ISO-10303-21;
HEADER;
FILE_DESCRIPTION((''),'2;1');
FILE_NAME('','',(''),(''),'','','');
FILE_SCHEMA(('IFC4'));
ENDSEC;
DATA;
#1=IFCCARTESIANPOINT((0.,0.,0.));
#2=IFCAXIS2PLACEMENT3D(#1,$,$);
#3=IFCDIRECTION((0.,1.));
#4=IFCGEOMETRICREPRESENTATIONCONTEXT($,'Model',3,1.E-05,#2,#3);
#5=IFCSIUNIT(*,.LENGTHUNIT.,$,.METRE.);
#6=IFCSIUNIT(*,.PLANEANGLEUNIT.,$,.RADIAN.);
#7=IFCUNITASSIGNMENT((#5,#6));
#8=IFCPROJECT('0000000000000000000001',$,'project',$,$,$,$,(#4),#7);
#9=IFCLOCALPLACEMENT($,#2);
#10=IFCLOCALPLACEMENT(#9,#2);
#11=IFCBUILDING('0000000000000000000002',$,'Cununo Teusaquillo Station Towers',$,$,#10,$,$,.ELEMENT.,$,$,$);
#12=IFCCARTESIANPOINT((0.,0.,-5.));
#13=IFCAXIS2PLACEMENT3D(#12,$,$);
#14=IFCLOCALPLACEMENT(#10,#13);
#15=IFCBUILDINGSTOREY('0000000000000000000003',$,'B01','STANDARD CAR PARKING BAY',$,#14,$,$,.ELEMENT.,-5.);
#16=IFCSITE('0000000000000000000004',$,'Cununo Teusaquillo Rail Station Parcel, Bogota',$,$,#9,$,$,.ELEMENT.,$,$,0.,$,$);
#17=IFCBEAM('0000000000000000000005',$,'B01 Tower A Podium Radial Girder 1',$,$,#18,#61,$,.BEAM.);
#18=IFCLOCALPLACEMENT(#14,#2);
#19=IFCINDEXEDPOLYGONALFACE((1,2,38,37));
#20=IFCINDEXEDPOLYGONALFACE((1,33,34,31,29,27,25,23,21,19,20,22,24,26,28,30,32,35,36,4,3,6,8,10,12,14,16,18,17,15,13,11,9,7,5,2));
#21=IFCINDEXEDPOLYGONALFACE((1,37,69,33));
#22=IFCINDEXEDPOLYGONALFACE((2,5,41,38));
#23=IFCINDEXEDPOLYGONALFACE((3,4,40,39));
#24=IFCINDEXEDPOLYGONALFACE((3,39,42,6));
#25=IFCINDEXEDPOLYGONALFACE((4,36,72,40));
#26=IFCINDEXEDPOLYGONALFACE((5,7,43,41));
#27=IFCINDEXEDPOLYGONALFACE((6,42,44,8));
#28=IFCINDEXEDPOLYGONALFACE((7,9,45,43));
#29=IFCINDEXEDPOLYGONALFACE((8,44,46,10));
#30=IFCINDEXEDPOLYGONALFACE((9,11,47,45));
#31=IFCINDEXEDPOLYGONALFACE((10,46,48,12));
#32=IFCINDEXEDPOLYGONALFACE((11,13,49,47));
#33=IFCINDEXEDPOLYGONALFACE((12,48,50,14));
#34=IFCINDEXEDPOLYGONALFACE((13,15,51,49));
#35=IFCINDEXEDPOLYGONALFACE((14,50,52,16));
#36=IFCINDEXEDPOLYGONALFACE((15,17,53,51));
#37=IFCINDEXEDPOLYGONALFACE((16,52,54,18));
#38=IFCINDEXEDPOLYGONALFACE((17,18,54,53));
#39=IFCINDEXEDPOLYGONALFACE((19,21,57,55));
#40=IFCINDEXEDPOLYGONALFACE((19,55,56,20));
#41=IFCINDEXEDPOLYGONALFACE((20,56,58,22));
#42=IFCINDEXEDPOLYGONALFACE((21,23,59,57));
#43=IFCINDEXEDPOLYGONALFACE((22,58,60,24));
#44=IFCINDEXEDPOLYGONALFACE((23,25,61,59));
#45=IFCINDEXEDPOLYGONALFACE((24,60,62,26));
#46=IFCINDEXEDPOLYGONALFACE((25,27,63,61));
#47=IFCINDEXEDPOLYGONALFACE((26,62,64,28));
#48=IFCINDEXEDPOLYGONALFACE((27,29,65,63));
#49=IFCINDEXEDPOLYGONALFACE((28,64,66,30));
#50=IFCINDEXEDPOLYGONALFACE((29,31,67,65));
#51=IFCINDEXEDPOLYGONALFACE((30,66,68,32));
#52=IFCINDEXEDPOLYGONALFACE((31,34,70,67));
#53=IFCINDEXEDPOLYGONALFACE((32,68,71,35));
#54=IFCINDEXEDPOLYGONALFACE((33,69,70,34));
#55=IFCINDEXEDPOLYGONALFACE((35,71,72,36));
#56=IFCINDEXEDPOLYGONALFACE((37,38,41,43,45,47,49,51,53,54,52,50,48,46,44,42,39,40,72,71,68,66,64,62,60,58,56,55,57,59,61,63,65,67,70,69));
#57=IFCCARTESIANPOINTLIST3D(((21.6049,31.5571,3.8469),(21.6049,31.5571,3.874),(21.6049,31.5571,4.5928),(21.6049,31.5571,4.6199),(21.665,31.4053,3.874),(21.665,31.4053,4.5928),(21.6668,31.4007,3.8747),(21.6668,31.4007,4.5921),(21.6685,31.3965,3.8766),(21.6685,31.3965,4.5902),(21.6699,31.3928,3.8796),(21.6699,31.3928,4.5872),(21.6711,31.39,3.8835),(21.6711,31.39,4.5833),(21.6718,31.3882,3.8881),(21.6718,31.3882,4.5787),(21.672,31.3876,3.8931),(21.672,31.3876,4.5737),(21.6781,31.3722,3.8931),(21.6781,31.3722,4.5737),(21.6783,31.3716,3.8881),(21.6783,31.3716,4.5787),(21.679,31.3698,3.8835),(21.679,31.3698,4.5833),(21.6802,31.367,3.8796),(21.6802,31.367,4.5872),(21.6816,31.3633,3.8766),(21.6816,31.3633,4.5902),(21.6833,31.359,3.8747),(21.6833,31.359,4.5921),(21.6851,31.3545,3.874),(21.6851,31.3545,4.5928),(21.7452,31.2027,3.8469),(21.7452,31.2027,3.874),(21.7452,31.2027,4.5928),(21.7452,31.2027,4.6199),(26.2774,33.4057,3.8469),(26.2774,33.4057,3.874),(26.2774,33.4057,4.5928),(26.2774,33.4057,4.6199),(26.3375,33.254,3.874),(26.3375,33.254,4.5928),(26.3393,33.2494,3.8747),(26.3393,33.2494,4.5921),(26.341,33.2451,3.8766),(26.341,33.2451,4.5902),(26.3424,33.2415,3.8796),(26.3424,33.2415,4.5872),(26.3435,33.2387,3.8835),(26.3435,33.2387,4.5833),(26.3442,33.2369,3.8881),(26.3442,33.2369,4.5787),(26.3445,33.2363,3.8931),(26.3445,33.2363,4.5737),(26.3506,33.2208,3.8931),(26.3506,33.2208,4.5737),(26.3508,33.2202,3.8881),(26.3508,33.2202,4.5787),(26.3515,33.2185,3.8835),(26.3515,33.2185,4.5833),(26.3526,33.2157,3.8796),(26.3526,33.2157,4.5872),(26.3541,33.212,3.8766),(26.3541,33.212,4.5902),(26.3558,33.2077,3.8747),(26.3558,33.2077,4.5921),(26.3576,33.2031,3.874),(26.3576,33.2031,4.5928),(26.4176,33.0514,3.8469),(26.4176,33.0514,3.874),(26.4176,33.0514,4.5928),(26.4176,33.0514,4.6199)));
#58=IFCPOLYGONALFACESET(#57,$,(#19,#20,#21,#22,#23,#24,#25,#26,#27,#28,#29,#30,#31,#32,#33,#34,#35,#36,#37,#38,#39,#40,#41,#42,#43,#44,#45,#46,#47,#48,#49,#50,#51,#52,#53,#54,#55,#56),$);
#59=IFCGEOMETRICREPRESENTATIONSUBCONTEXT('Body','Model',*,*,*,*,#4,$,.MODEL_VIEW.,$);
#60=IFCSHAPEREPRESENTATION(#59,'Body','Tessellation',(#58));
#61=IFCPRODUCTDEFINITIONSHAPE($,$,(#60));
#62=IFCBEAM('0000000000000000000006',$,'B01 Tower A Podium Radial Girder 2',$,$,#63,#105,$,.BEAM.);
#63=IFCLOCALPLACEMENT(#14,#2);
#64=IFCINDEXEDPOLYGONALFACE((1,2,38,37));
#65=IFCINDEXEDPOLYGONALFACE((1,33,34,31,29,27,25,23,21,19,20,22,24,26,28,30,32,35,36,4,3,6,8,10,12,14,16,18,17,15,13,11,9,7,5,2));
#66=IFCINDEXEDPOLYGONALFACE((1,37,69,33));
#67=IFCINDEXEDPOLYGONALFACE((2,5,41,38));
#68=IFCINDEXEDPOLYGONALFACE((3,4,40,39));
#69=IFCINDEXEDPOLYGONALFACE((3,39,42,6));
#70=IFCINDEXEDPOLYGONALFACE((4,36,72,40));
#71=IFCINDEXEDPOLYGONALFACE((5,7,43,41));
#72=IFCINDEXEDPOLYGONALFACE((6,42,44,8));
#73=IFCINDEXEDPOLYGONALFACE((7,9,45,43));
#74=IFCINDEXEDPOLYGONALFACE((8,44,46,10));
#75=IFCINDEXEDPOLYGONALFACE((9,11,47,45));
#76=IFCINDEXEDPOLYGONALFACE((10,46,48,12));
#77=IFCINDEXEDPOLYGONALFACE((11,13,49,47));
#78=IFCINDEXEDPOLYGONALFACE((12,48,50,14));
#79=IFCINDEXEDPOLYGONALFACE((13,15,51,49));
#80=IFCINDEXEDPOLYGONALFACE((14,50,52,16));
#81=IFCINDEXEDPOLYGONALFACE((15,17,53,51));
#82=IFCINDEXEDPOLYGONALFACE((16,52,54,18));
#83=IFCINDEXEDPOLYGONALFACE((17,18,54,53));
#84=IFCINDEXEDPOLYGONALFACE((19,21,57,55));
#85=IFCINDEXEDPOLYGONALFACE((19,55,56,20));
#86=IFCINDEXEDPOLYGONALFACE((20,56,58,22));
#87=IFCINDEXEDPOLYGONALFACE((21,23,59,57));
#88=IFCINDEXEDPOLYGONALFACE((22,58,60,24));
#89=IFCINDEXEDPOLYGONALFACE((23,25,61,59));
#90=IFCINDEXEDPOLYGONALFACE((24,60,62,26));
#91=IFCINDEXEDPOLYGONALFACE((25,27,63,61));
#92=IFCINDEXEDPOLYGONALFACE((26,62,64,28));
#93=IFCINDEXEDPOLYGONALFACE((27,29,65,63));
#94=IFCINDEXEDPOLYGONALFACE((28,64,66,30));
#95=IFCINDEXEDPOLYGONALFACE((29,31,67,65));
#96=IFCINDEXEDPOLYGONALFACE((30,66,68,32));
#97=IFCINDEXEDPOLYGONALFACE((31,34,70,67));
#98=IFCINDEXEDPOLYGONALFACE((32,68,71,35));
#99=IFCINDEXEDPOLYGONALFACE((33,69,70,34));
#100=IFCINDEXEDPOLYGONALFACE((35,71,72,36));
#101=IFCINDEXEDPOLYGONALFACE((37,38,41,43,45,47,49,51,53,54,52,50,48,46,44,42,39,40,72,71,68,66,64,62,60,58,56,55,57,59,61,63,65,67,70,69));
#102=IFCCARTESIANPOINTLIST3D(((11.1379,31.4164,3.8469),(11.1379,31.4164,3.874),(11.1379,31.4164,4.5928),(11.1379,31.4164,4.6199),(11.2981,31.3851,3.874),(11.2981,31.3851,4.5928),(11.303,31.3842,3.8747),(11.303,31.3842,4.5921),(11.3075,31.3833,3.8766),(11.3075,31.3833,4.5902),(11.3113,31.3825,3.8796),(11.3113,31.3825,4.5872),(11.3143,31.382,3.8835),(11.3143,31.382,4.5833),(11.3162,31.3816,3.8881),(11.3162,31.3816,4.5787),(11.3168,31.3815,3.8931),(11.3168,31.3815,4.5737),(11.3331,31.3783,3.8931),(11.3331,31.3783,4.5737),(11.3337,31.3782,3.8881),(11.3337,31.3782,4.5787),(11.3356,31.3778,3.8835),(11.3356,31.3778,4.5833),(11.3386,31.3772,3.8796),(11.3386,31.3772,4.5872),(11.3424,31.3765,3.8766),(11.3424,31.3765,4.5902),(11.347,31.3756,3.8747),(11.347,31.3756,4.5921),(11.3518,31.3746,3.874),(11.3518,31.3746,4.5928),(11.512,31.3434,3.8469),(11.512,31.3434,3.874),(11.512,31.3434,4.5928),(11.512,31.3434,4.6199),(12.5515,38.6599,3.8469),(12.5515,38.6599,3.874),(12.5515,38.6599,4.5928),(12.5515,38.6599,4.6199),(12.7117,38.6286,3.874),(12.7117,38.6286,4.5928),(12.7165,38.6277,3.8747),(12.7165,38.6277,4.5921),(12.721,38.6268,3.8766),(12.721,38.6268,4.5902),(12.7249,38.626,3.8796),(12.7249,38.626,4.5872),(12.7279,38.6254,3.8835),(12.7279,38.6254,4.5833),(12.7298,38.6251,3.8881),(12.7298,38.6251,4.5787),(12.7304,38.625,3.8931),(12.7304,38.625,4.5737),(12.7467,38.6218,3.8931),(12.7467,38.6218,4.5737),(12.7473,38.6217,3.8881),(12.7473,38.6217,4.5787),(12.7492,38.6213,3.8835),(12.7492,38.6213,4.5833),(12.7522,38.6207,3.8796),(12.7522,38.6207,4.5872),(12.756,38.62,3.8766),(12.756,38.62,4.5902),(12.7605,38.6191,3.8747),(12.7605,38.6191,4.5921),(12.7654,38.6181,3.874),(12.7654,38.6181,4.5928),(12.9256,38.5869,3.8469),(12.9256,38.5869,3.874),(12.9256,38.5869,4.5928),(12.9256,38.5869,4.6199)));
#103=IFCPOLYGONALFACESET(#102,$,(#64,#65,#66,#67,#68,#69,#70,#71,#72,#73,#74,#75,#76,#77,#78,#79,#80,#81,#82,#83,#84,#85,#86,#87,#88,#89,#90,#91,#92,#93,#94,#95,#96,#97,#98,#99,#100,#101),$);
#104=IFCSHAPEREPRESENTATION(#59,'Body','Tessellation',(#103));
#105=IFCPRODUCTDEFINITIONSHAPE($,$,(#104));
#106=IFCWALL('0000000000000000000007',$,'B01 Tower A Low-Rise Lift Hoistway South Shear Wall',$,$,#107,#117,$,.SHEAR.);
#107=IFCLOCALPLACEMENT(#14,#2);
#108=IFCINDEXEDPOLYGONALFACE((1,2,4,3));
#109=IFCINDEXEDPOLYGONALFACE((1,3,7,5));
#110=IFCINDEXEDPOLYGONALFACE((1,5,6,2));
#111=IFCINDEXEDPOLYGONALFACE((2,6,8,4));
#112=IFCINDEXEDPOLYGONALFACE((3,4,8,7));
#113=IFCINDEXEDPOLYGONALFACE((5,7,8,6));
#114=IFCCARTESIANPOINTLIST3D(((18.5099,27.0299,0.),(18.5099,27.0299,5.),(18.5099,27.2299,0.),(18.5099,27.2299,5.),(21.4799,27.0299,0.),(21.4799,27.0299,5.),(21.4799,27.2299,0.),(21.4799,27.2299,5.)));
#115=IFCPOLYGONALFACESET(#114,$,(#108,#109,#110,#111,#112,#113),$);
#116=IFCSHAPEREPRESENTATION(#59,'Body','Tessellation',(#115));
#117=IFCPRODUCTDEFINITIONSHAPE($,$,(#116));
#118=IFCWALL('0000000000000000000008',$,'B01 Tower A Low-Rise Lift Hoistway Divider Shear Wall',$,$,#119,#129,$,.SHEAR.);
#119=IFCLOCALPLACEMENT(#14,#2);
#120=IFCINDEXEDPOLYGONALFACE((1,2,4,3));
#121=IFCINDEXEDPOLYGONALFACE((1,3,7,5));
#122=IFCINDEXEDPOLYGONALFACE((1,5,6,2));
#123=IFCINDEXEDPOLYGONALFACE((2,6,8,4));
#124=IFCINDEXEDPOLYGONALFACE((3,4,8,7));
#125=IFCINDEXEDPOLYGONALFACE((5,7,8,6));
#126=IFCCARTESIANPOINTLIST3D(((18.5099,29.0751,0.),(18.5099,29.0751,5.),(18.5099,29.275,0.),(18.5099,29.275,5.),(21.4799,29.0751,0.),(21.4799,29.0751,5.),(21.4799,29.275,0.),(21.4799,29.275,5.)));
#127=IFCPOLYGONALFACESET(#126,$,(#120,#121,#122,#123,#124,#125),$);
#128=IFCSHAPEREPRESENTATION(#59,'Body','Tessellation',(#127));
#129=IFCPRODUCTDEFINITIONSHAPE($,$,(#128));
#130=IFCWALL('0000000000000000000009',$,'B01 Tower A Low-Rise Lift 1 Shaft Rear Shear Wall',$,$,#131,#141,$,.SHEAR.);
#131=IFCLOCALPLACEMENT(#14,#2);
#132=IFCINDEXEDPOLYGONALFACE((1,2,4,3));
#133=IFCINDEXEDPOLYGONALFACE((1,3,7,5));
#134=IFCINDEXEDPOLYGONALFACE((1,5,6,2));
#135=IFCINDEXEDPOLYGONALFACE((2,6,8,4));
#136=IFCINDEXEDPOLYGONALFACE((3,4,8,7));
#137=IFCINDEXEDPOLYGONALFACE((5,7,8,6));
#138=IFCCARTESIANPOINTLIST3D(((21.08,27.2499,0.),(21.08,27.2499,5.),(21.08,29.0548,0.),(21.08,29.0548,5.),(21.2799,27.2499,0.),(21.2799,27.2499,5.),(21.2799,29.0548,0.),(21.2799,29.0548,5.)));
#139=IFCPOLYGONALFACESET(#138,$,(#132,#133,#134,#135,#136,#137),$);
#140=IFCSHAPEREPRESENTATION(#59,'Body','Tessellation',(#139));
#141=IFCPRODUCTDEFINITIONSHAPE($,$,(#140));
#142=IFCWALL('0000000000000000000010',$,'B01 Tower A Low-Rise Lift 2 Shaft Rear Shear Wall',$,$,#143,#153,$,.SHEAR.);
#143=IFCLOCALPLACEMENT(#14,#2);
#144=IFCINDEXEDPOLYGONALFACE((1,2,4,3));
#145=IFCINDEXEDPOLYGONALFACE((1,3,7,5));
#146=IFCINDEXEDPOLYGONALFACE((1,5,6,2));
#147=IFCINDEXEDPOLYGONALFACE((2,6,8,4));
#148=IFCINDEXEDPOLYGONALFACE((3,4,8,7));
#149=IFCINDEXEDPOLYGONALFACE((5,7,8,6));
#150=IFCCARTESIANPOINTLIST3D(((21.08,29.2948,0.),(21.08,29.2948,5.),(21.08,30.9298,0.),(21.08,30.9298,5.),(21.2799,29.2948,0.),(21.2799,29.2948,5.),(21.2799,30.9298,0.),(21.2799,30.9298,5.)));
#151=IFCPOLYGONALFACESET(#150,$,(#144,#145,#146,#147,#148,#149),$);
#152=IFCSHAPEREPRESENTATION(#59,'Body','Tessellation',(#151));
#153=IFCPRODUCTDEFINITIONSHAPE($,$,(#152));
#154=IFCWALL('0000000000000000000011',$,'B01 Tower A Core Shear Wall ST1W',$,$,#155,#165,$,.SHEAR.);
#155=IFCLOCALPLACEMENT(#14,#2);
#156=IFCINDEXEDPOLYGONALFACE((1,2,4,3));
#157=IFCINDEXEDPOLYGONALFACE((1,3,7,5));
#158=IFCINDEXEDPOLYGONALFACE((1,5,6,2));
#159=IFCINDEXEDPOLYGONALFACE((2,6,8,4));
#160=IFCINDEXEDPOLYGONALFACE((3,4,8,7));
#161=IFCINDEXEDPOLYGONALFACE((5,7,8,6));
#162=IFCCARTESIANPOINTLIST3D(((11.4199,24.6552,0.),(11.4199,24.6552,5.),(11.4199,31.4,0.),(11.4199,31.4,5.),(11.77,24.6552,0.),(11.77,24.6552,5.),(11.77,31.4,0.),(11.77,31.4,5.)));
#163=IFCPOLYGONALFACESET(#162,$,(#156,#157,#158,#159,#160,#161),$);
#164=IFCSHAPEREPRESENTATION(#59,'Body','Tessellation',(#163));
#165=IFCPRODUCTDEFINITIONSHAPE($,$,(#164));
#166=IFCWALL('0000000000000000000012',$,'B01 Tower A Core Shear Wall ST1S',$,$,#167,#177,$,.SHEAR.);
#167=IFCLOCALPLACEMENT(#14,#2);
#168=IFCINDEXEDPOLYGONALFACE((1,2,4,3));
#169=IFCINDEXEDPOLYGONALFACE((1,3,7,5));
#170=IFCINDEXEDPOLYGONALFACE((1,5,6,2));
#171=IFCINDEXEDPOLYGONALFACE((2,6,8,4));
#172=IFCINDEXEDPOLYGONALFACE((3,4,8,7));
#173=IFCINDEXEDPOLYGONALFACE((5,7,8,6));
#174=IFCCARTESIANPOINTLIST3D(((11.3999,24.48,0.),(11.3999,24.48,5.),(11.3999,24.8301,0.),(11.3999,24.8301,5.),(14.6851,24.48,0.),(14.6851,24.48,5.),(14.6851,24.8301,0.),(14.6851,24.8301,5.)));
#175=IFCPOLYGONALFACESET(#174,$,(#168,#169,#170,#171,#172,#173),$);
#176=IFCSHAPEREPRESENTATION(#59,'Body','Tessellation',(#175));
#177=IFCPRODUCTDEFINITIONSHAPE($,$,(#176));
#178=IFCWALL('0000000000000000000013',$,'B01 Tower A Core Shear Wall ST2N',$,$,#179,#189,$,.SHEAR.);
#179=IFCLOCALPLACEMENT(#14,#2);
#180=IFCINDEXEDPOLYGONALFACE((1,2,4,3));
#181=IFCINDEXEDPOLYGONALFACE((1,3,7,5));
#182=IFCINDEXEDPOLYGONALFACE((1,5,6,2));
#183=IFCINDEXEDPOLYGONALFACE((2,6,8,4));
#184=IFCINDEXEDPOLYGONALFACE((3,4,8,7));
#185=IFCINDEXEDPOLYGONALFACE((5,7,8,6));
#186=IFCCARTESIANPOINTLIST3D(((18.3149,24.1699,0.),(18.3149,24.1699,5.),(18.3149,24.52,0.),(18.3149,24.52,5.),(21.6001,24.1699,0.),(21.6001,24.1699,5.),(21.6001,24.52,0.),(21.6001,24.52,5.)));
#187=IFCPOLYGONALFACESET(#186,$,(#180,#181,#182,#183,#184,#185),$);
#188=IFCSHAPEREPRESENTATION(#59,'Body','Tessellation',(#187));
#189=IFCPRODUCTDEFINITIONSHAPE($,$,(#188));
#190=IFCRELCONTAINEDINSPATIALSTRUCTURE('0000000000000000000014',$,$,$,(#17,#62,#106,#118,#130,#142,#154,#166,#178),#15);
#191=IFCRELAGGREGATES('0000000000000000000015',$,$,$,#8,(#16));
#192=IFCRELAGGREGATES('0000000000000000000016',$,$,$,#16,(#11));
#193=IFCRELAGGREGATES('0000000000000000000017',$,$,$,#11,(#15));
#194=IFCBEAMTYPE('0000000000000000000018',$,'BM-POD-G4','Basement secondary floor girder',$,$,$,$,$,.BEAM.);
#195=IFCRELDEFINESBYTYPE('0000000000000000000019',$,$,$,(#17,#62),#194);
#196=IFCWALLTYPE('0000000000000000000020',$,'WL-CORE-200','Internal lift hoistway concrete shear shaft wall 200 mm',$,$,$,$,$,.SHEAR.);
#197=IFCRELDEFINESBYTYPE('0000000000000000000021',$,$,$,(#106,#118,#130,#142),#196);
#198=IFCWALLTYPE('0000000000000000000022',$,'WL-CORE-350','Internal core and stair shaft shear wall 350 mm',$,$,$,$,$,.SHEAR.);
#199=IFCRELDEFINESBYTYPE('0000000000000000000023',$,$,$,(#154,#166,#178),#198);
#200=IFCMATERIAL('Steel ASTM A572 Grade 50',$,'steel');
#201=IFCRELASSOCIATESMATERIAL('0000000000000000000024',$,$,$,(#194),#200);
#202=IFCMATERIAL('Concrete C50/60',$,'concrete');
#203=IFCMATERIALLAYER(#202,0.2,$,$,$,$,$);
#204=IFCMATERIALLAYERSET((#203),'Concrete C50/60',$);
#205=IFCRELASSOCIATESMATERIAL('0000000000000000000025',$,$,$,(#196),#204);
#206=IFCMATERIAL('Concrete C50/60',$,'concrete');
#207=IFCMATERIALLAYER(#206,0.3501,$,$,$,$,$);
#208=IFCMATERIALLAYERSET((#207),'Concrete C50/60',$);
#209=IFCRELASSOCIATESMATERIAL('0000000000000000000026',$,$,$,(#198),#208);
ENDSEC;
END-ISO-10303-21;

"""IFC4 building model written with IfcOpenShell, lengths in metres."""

from ifc_helpers import new_model, si_unit, direction, frame, frame_2d, origin, origin_2d, place, context, subcontext, project, spatial, rectangle, i_section, extrude, material, layer, layer_set, material_profile, profile_set, type_object, element, save


model = new_model("IFC4")

# Units and contexts
model_context = context("Model", 3, precision=1e-05, world=origin(), true_north=direction((0.0, 1.0)))
body_context = subcontext(model_context, "Body", "Model", "MODEL_VIEW")
ifc_project = project(units=[si_unit("LENGTHUNIT", "METRE"), si_unit("PLANEANGLEUNIT", "RADIAN")], contexts=[model_context])

# Site, building, storey
site_placement = place(None, origin())
site = spatial("IfcSite", under=ifc_project, at=site_placement, Name="Cununo Teusaquillo Rail Station Parcel, Bogota", CompositionType="ELEMENT", RefElevation=0.0)
building_placement = place(site_placement, origin())
building = spatial("IfcBuilding", under=site, at=building_placement, Name="Cununo Teusaquillo Station Towers", CompositionType="ELEMENT")
storey_placement = place(building_placement, frame((0.0, 0.0, -5.0)))
storey = spatial("IfcBuildingStorey", under=building, at=storey_placement, Name="B01", Description="STANDARD CAR PARKING BAY", CompositionType="ELEMENT", Elevation=-5.0)

# Beams
ifc_material_1 = material(Name="Steel ASTM A572 Grade 50", Category="steel")
ifc_material_profile_1 = material_profile(ifc_material_1, i_section(OverallWidth=0.3811, OverallDepth=0.7729, WebThickness=0.0166, FlangeThickness=0.0271, FilletRadius=0.019, at=origin_2d()), Name="W30X173")
ifc_profile_set_1 = profile_set([ifc_material_profile_1], Name="Steel ASTM A572 Grade 50")
beam_type_1 = type_object("IfcBeamType", Name="BM-POD-G4", Description="Basement secondary floor girder", PredefinedType="BEAM", material=ifc_profile_set_1)
beam_1_placement = place(storey_placement, frame((21.675, 31.3799, 4.2334), z_axis=(0.929864, 0.367903, 0.0), x_axis=(-0.367903, 0.929864, 0.0)))
element("IfcBeam", 1, at=beam_1_placement, inside=storey, type_object=beam_type_1, Name="B01 Tower A Podium Radial Girder 1", PredefinedType="BEAM", context=body_context, shape_type="SweptSolid", body=[
    extrude(i_section(OverallWidth=0.3811, OverallDepth=0.7729, WebThickness=0.0166, FlangeThickness=0.0271, FilletRadius=0.019, at=origin_2d()), origin(), (0.0, 0.0, 1.0), 5.0249),
])
beam_2_placement = place(storey_placement, frame((11.325, 31.3799, 4.2334), z_axis=(0.19154, 0.981485, 0.0), x_axis=(-0.981485, 0.19154, 0.0)))
element("IfcBeam", 2, at=beam_2_placement, inside=storey, type_object=beam_type_1, Name="B01 Tower A Podium Radial Girder 2", PredefinedType="BEAM", context=body_context, shape_type="SweptSolid", body=[
    extrude(i_section(OverallWidth=0.3811, OverallDepth=0.7729, WebThickness=0.0166, FlangeThickness=0.0271, FilletRadius=0.019, at=origin_2d()), origin(), (0.0, 0.0, 1.0), 7.3801),
])

# Walls
ifc_material_2 = material(Name="Concrete C50/60", Category="concrete")
ifc_layer_1 = layer(ifc_material_2, 0.2)
ifc_layer_set_1 = layer_set([ifc_layer_1], Name="Concrete C50/60")
wall_type_1 = type_object("IfcWallType", Name="WL-CORE-200", Description="Internal lift hoistway concrete shear shaft wall 200 mm", PredefinedType="SHEAR", material=ifc_layer_set_1)
for number, where, z_axis, x_axis, name in (
    (3, (18.51, 27.1299, 0.0), (0.0, 0.0, 1.0), (1.0, 0.0, 0.0), "B01 Tower A Low-Rise Lift Hoistway South Shear Wall"),
    (4, (18.51, 29.175, 0.0), (0.0, 0.0, 1.0), (1.0, 0.0, 0.0), "B01 Tower A Low-Rise Lift Hoistway Divider Shear Wall"),
):
    element("IfcWall", number, at=place(storey_placement, frame(where, z_axis=z_axis, x_axis=x_axis)), inside=storey, type_object=wall_type_1, Name=name, PredefinedType="SHEAR", context=body_context, shape_type="SweptSolid", body=[
        extrude(rectangle(XDim=2.97, YDim=0.2, at=frame_2d((1.4849, 0.0))), origin(), (0.0, 0.0, 1.0), 5.0),
    ])
wall_1_placement = place(storey_placement, frame((21.1799, 27.25, 0.0), z_axis=(0.0, 0.0, 1.0), x_axis=(0.0, 1.0, 0.0)))
element("IfcWall", 5, at=wall_1_placement, inside=storey, type_object=wall_type_1, Name="B01 Tower A Low-Rise Lift 1 Shaft Rear Shear Wall", PredefinedType="SHEAR", context=body_context, shape_type="SweptSolid", body=[
    extrude(rectangle(XDim=1.8049, YDim=0.2, at=frame_2d((0.9023, 0.0))), origin(), (0.0, 0.0, 1.0), 5.0),
])
wall_2_placement = place(storey_placement, frame((21.1799, 29.2949, 0.0), z_axis=(0.0, 0.0, 1.0), x_axis=(0.0, 1.0, 0.0)))
element("IfcWall", 6, at=wall_2_placement, inside=storey, type_object=wall_type_1, Name="B01 Tower A Low-Rise Lift 2 Shaft Rear Shear Wall", PredefinedType="SHEAR", context=body_context, shape_type="SweptSolid", body=[
    extrude(rectangle(XDim=1.635, YDim=0.2, at=frame_2d((0.8174, 0.0))), origin(), (0.0, 0.0, 1.0), 5.0),
])
ifc_material_3 = material(Name="Concrete C50/60", Category="concrete")
ifc_layer_2 = layer(ifc_material_3, 0.3501)
ifc_layer_set_2 = layer_set([ifc_layer_2], Name="Concrete C50/60")
wall_type_2 = type_object("IfcWallType", Name="WL-CORE-350", Description="Internal core and stair shaft shear wall 350 mm", PredefinedType="SHEAR", material=ifc_layer_set_2)
wall_3_placement = place(storey_placement, frame((11.595, 24.655, 0.0), z_axis=(0.0, 0.0, 1.0), x_axis=(0.0, 1.0, 0.0)))
element("IfcWall", 7, at=wall_3_placement, inside=storey, type_object=wall_type_2, Name="B01 Tower A Core Shear Wall ST1W", PredefinedType="SHEAR", context=body_context, shape_type="SweptSolid", body=[
    extrude(rectangle(XDim=6.7449, YDim=0.3501, at=frame_2d((3.3726, 0.0))), origin(), (0.0, 0.0, 1.0), 5.0),
])
for number, where, z_axis, x_axis, name in (
    (8, (11.3999, 24.655, 0.0), (0.0, 0.0, 1.0), (1.0, 0.0, 0.0), "B01 Tower A Core Shear Wall ST1S"),
    (9, (18.3149, 24.345, 0.0), (0.0, 0.0, 1.0), (1.0, 0.0, 0.0), "B01 Tower A Core Shear Wall ST2N"),
):
    element("IfcWall", number, at=place(storey_placement, frame(where, z_axis=z_axis, x_axis=x_axis)), inside=storey, type_object=wall_type_2, Name=name, PredefinedType="SHEAR", context=body_context, shape_type="SweptSolid", body=[
        extrude(rectangle(XDim=3.2852, YDim=0.3501, at=frame_2d((1.6426, 0.0))), origin(), (0.0, 0.0, 1.0), 5.0),
    ])

save(model, "model.ifc")
